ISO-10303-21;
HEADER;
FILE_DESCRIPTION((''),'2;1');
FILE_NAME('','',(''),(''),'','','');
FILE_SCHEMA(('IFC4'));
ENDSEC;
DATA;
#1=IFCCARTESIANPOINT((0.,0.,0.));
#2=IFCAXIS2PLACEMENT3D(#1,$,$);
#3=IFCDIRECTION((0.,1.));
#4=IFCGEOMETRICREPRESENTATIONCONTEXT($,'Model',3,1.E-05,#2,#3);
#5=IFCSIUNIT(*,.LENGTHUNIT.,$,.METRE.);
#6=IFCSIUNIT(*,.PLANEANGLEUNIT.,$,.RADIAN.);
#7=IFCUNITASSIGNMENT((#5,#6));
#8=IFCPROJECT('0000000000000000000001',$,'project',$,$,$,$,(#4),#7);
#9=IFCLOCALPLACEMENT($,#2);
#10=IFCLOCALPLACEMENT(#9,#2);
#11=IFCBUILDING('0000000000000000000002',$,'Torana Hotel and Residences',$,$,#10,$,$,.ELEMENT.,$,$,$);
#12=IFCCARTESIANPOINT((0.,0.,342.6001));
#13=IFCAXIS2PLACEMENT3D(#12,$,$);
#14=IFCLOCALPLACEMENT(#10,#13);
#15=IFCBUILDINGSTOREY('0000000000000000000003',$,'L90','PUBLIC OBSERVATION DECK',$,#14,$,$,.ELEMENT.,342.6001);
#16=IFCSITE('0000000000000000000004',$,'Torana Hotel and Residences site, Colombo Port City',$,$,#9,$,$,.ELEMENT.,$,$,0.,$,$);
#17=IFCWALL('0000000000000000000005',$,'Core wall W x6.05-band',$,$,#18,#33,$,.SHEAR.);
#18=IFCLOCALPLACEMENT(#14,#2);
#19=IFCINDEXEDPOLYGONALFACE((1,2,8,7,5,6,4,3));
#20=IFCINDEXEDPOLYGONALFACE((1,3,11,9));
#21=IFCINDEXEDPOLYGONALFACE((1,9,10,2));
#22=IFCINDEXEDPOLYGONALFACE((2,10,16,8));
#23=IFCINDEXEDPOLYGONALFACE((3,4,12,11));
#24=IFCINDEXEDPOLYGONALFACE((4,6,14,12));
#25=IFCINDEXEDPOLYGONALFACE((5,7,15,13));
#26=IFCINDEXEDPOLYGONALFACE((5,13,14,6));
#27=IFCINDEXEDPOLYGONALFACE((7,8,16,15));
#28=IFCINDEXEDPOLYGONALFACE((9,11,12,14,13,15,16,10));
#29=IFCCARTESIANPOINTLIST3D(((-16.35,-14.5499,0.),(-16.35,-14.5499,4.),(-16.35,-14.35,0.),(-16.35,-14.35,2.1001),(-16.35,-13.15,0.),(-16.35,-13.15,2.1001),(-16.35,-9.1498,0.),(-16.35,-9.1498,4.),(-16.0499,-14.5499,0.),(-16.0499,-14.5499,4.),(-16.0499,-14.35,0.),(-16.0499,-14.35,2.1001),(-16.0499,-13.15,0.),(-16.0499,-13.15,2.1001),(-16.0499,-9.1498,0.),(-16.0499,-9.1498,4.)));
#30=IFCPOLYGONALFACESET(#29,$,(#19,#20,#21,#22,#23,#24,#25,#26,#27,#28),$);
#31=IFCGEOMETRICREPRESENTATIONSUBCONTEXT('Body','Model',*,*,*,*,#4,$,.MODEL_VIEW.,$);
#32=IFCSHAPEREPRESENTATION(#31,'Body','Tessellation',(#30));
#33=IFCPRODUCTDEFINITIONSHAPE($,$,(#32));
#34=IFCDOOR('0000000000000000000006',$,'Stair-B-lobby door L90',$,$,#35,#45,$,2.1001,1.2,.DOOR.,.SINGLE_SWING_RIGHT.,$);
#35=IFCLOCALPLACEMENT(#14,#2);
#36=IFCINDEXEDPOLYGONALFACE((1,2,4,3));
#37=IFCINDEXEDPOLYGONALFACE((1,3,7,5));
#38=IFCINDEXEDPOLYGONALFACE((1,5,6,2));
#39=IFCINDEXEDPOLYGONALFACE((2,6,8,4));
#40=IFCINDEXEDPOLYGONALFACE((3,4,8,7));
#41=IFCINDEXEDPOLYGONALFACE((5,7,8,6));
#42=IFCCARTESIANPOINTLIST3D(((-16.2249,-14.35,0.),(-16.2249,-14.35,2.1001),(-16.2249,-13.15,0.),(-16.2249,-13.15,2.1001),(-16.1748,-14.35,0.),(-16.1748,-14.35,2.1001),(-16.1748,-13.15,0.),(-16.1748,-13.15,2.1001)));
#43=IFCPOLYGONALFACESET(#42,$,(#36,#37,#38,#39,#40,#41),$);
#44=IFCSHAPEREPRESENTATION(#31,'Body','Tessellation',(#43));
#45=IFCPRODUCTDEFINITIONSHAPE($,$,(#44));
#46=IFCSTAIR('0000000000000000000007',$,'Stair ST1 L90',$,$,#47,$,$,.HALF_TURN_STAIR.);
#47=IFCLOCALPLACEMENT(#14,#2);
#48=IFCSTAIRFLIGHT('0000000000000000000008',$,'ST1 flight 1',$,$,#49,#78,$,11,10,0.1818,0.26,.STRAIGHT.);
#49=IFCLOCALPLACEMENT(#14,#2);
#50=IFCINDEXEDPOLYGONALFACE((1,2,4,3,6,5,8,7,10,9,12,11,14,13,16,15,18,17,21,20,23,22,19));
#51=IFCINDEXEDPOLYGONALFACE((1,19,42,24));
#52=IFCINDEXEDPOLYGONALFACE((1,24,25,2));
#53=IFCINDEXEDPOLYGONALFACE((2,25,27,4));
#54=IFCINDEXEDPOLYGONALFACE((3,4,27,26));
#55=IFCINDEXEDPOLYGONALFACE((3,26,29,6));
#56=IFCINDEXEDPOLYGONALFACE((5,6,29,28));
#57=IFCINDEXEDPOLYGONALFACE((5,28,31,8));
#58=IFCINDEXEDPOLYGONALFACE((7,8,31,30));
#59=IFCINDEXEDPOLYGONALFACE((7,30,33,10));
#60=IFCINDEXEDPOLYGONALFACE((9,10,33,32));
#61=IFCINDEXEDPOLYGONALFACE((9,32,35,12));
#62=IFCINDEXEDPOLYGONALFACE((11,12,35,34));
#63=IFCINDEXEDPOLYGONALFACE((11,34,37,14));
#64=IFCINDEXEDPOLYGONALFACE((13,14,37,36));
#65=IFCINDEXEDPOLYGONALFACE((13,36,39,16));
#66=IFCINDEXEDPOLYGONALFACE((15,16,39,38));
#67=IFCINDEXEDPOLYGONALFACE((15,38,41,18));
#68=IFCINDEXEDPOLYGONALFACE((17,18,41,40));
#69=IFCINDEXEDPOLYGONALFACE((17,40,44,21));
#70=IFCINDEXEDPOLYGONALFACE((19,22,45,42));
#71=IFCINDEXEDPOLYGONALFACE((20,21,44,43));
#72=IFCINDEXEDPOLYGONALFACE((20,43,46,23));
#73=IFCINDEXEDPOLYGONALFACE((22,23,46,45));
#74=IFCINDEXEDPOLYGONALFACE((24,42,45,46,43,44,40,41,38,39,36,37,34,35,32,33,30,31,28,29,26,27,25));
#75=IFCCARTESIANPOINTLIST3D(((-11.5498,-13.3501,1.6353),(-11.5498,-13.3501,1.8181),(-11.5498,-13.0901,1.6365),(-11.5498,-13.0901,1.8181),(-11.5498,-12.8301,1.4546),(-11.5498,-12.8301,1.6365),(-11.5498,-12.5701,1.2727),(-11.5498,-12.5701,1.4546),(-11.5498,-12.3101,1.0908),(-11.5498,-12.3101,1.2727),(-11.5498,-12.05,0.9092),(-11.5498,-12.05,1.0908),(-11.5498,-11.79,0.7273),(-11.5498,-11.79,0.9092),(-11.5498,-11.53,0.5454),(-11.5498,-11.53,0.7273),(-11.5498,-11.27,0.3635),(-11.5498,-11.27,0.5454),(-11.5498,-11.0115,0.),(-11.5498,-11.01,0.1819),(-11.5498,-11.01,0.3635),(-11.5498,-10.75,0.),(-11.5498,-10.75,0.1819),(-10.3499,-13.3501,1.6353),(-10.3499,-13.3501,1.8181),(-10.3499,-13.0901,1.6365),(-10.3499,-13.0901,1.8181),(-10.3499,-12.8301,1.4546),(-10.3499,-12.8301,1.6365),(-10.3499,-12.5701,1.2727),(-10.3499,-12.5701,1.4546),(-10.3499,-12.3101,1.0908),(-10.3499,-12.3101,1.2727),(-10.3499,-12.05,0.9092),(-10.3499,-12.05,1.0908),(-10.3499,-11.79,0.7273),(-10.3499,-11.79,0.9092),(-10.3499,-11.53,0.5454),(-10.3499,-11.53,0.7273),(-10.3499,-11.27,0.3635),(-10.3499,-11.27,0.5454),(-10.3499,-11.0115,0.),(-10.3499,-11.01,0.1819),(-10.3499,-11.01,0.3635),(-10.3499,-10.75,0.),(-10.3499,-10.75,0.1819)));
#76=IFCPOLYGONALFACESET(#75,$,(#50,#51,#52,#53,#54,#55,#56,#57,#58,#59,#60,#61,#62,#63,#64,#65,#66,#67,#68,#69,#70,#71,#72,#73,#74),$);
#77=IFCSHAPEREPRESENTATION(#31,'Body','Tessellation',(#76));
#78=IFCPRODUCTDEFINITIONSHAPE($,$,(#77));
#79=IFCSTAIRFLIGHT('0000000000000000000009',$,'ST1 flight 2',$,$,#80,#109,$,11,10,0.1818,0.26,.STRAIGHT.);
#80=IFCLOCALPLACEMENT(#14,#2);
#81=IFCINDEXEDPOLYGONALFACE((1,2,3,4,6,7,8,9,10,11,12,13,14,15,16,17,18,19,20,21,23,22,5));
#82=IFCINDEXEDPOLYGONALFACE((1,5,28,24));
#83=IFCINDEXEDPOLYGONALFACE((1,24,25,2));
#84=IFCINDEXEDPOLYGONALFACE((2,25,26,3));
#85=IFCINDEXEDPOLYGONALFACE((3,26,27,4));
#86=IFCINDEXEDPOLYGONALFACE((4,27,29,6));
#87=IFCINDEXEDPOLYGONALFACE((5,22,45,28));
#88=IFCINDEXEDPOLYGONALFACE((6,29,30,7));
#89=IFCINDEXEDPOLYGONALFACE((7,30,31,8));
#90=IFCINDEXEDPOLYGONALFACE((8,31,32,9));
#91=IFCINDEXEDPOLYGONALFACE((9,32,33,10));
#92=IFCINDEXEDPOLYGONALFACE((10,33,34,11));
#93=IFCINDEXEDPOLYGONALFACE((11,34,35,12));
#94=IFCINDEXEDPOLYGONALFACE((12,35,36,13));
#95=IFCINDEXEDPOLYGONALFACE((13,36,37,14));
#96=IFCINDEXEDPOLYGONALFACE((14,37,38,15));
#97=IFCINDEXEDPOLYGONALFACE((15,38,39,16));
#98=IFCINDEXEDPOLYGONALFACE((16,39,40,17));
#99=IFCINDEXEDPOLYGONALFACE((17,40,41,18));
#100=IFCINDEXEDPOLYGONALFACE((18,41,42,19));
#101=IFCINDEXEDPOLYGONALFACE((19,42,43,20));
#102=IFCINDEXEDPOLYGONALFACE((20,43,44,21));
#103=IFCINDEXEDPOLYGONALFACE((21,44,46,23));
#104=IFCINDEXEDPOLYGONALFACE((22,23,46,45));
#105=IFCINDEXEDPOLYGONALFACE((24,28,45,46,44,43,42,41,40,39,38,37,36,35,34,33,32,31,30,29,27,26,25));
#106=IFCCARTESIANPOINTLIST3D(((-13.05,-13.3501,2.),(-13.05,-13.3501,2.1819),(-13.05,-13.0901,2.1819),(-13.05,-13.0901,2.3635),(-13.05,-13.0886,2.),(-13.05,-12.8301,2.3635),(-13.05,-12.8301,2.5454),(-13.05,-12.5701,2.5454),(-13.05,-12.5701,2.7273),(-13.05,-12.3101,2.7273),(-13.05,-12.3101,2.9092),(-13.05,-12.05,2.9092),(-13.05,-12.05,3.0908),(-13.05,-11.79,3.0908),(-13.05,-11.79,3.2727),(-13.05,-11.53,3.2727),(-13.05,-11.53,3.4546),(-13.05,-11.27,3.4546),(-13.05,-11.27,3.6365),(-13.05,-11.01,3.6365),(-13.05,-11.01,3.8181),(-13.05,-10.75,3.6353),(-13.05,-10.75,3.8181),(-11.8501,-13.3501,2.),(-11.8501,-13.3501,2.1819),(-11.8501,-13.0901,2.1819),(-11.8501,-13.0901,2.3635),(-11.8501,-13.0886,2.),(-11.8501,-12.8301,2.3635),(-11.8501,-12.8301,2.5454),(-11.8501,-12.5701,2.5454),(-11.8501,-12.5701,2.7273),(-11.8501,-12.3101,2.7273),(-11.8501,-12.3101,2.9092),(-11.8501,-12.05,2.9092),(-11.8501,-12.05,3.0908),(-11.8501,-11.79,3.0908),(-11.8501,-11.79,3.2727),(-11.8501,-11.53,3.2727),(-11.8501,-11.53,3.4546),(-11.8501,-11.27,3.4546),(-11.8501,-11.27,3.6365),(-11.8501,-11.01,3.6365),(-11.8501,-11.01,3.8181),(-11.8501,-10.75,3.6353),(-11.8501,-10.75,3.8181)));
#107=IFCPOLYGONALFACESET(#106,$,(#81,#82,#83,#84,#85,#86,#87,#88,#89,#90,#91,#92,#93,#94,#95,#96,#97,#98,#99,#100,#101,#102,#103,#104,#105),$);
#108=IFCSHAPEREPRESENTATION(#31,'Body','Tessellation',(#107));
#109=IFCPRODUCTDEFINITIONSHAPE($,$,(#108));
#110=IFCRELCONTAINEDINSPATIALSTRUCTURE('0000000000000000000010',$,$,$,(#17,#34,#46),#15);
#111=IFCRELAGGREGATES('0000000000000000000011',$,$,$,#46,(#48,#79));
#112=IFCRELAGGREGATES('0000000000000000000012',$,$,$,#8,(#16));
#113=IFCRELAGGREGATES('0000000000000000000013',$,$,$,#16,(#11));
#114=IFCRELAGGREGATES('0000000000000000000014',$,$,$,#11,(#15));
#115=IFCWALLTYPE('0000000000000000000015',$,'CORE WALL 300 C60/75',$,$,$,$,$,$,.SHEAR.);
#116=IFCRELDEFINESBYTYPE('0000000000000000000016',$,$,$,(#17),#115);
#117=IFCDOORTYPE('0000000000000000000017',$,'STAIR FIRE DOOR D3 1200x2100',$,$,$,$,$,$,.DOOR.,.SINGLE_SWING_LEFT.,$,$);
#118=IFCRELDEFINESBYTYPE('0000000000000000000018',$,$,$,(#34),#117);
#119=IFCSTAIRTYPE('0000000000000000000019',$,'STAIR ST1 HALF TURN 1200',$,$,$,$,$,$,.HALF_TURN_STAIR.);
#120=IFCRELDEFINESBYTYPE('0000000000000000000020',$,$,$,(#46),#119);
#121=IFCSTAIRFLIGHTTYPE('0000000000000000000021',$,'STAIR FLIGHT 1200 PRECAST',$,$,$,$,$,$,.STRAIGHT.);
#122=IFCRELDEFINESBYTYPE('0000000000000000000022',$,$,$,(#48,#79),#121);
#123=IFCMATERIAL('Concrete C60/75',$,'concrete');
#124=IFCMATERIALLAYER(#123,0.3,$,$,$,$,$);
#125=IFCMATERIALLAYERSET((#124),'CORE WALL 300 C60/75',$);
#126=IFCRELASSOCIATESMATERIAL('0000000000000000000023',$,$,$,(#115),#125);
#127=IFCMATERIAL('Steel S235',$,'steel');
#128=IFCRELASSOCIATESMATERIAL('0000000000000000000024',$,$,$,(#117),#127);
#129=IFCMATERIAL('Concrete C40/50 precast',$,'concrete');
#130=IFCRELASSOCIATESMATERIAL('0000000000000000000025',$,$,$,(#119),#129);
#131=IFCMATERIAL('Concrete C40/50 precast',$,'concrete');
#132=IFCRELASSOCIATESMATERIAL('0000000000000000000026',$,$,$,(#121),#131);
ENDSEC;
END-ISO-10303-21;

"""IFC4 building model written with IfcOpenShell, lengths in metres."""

from ifc_helpers import new_model, si_unit, direction, frame, frame_2d, origin, place, context, subcontext, project, spatial, polyline, rectangle, outline, extrude, material, layer, layer_set, type_object, element, fill, aggregate, save


model = new_model("IFC4")

# Units and contexts
model_context = context("Model", 3, precision=1e-05, world=origin(), true_north=direction((0.0, 1.0)))
body_context = subcontext(model_context, "Body", "Model", "MODEL_VIEW")
ifc_project = project(units=[si_unit("LENGTHUNIT", "METRE"), si_unit("PLANEANGLEUNIT", "RADIAN")], contexts=[model_context])

# Site, building, storey
site_placement = place(None, origin())
site = spatial("IfcSite", under=ifc_project, at=site_placement, Name="Torana Hotel and Residences site, Colombo Port City", CompositionType="ELEMENT", RefElevation=0.0)
building_placement = place(site_placement, origin())
building = spatial("IfcBuilding", under=site, at=building_placement, Name="Torana Hotel and Residences", CompositionType="ELEMENT")
storey_placement = place(building_placement, frame((0.0, 0.0, 342.6001)))
storey = spatial("IfcBuildingStorey", under=building, at=storey_placement, Name="L90", Description="PUBLIC OBSERVATION DECK", CompositionType="ELEMENT", Elevation=342.6001)

# Wall, opening, door
ifc_material_1 = material(Name="Concrete C60/75", Category="concrete")
ifc_layer_1 = layer(ifc_material_1, 0.3)
ifc_layer_set_1 = layer_set([ifc_layer_1], Name="CORE WALL 300 C60/75")
wall_type_1 = type_object("IfcWallType", Name="CORE WALL 300 C60/75", PredefinedType="SHEAR", material=ifc_layer_set_1)
ifc_material_2 = material(Name="Steel S235", Category="steel")
door_type_1 = type_object("IfcDoorType", Name="STAIR FIRE DOOR D3 1200x2100", OperationType="SINGLE_SWING_LEFT", PredefinedType="DOOR", material=ifc_material_2)
wall_1_placement = place(storey_placement, frame((-16.2, -14.55, 0.0), z_axis=(0.0, 0.0, 1.0), x_axis=(0.0, 1.0, 0.0)))
wall_1 = element("IfcWall", 1, at=wall_1_placement, inside=storey, type_object=wall_type_1, Name="Core wall W x6.05-band", PredefinedType="SHEAR", context=body_context, shape_type="SweptSolid", body=[
    extrude(rectangle(XDim=5.4001, YDim=0.3, at=frame_2d((2.7002, 0.0))), origin(), (0.0, 0.0, 1.0), 4.0),
])
opening_1_placement = place(wall_1_placement, frame((0.2, 0.0, 0.0)))
opening_1 = element("IfcOpeningElement", 2, at=opening_1_placement, cuts=wall_1, PredefinedType="OPENING", context=body_context, shape_type="SweptSolid", body=[
    extrude(rectangle(XDim=1.2, YDim=2.1001, at=frame_2d((0.6001, 1.05))), frame((0.0, 0.1599, 0.0), z_axis=(0.0, -1.0, 0.0), x_axis=(1.0, 0.0, 0.0)), (0.0, 0.0, 1.0), 0.3201),
])
door_1_placement = place(opening_1_placement, origin())
door_1 = element("IfcDoor", 3, at=door_1_placement, inside=storey, type_object=door_type_1, Name="Stair-B-lobby door L90", OperationType="SINGLE_SWING_RIGHT", OverallHeight=2.1001, OverallWidth=1.2, PredefinedType="DOOR", context=body_context, shape_type="SweptSolid", body=[
    extrude(rectangle(XDim=1.2, YDim=2.1001, at=frame_2d((0.6001, 1.05))), frame((0.0, 0.0249, 0.0), z_axis=(0.0, -1.0, 0.0), x_axis=(1.0, 0.0, 0.0)), (0.0, 0.0, 1.0), 0.05),
])
fill(opening_1, door_1)

# Stair, stair flights
ifc_material_3 = material(Name="Concrete C40/50 precast", Category="concrete")
stair_type = type_object("IfcStairType", Name="STAIR ST1 HALF TURN 1200", PredefinedType="HALF_TURN_STAIR", material=ifc_material_3)
stair_placement = place(storey_placement, origin())
stair = element("IfcStair", 4, at=stair_placement, inside=storey, type_object=stair_type, Name="Stair ST1 L90", PredefinedType="HALF_TURN_STAIR")
ifc_material_4 = material(Name="Concrete C40/50 precast", Category="concrete")
stair_flight_type = type_object("IfcStairFlightType", Name="STAIR FLIGHT 1200 PRECAST", PredefinedType="STRAIGHT", material=ifc_material_4)
stair_flight_1_placement = place(storey_placement, frame((-10.95, -10.75, 0.0), z_axis=(0.0, 0.0, 1.0), x_axis=(0.0, -1.0, 0.0)))
stair_flight_1 = element("IfcStairFlight", 5, at=stair_flight_1_placement, type_object=stair_flight_type, Name="ST1 flight 1", NumberOfRisers=11, NumberOfTreads=10, PredefinedType="STRAIGHT", RiserHeight=0.1818, TreadLength=0.26, context=body_context, shape_type="SweptSolid", body=[
    extrude(outline(polyline([(0.0, 0.0), (0.0, 0.1819), (0.26, 0.1819), (0.26, 0.3635), (0.52, 0.3635), (0.52, 0.5454), (0.78, 0.5454), (0.78, 0.7273), (1.04, 0.7273), (1.04, 0.9092), (1.3, 0.9092), (1.3, 1.0908), (1.5601, 1.0908), (1.5601, 1.2727), (1.8201, 1.2727), (1.8201, 1.4546), (2.0801, 1.4546), (2.0801, 1.6365), (2.3401, 1.6365), (2.3401, 1.8181), (2.6001, 1.8181), (2.6001, 2.0), (2.6001, 1.6353), (0.2615, 0.0), (0.0, 0.0)])), frame((0.0, 0.6001, 0.0), z_axis=(0.0, -1.0, 0.0), x_axis=(1.0, 0.0, 0.0)), (0.0, 0.0, 1.0), 1.2),
])
stair_flight_2_placement = place(storey_placement, frame((-12.45, -13.3501, 2.0), z_axis=(0.0, 0.0, 1.0), x_axis=(0.0, 1.0, 0.0)))
stair_flight_2 = element("IfcStairFlight", 6, at=stair_flight_2_placement, type_object=stair_flight_type, Name="ST1 flight 2", NumberOfRisers=11, NumberOfTreads=10, PredefinedType="STRAIGHT", RiserHeight=0.1818, TreadLength=0.26, context=body_context, shape_type="SweptSolid", body=[
    extrude(outline(polyline([(0.0, 0.0), (0.0, 0.1819), (0.26, 0.1819), (0.26, 0.3635), (0.52, 0.3635), (0.52, 0.5454), (0.78, 0.5454), (0.78, 0.7273), (1.04, 0.7273), (1.04, 0.9092), (1.3, 0.9092), (1.3, 1.0908), (1.5601, 1.0908), (1.5601, 1.2727), (1.8201, 1.2727), (1.8201, 1.4546), (2.0801, 1.4546), (2.0801, 1.6365), (2.3401, 1.6365), (2.3401, 1.8181), (2.6001, 1.8181), (2.6001, 2.0), (2.6001, 1.6353), (0.2615, 0.0), (0.0, 0.0)])), frame((0.0, 0.6001, 0.0), z_axis=(0.0, -1.0, 0.0), x_axis=(1.0, 0.0, 0.0)), (0.0, 0.0, 1.0), 1.2),
])
aggregate(stair, [stair_flight_1, stair_flight_2])

save(model, "model.ifc")
